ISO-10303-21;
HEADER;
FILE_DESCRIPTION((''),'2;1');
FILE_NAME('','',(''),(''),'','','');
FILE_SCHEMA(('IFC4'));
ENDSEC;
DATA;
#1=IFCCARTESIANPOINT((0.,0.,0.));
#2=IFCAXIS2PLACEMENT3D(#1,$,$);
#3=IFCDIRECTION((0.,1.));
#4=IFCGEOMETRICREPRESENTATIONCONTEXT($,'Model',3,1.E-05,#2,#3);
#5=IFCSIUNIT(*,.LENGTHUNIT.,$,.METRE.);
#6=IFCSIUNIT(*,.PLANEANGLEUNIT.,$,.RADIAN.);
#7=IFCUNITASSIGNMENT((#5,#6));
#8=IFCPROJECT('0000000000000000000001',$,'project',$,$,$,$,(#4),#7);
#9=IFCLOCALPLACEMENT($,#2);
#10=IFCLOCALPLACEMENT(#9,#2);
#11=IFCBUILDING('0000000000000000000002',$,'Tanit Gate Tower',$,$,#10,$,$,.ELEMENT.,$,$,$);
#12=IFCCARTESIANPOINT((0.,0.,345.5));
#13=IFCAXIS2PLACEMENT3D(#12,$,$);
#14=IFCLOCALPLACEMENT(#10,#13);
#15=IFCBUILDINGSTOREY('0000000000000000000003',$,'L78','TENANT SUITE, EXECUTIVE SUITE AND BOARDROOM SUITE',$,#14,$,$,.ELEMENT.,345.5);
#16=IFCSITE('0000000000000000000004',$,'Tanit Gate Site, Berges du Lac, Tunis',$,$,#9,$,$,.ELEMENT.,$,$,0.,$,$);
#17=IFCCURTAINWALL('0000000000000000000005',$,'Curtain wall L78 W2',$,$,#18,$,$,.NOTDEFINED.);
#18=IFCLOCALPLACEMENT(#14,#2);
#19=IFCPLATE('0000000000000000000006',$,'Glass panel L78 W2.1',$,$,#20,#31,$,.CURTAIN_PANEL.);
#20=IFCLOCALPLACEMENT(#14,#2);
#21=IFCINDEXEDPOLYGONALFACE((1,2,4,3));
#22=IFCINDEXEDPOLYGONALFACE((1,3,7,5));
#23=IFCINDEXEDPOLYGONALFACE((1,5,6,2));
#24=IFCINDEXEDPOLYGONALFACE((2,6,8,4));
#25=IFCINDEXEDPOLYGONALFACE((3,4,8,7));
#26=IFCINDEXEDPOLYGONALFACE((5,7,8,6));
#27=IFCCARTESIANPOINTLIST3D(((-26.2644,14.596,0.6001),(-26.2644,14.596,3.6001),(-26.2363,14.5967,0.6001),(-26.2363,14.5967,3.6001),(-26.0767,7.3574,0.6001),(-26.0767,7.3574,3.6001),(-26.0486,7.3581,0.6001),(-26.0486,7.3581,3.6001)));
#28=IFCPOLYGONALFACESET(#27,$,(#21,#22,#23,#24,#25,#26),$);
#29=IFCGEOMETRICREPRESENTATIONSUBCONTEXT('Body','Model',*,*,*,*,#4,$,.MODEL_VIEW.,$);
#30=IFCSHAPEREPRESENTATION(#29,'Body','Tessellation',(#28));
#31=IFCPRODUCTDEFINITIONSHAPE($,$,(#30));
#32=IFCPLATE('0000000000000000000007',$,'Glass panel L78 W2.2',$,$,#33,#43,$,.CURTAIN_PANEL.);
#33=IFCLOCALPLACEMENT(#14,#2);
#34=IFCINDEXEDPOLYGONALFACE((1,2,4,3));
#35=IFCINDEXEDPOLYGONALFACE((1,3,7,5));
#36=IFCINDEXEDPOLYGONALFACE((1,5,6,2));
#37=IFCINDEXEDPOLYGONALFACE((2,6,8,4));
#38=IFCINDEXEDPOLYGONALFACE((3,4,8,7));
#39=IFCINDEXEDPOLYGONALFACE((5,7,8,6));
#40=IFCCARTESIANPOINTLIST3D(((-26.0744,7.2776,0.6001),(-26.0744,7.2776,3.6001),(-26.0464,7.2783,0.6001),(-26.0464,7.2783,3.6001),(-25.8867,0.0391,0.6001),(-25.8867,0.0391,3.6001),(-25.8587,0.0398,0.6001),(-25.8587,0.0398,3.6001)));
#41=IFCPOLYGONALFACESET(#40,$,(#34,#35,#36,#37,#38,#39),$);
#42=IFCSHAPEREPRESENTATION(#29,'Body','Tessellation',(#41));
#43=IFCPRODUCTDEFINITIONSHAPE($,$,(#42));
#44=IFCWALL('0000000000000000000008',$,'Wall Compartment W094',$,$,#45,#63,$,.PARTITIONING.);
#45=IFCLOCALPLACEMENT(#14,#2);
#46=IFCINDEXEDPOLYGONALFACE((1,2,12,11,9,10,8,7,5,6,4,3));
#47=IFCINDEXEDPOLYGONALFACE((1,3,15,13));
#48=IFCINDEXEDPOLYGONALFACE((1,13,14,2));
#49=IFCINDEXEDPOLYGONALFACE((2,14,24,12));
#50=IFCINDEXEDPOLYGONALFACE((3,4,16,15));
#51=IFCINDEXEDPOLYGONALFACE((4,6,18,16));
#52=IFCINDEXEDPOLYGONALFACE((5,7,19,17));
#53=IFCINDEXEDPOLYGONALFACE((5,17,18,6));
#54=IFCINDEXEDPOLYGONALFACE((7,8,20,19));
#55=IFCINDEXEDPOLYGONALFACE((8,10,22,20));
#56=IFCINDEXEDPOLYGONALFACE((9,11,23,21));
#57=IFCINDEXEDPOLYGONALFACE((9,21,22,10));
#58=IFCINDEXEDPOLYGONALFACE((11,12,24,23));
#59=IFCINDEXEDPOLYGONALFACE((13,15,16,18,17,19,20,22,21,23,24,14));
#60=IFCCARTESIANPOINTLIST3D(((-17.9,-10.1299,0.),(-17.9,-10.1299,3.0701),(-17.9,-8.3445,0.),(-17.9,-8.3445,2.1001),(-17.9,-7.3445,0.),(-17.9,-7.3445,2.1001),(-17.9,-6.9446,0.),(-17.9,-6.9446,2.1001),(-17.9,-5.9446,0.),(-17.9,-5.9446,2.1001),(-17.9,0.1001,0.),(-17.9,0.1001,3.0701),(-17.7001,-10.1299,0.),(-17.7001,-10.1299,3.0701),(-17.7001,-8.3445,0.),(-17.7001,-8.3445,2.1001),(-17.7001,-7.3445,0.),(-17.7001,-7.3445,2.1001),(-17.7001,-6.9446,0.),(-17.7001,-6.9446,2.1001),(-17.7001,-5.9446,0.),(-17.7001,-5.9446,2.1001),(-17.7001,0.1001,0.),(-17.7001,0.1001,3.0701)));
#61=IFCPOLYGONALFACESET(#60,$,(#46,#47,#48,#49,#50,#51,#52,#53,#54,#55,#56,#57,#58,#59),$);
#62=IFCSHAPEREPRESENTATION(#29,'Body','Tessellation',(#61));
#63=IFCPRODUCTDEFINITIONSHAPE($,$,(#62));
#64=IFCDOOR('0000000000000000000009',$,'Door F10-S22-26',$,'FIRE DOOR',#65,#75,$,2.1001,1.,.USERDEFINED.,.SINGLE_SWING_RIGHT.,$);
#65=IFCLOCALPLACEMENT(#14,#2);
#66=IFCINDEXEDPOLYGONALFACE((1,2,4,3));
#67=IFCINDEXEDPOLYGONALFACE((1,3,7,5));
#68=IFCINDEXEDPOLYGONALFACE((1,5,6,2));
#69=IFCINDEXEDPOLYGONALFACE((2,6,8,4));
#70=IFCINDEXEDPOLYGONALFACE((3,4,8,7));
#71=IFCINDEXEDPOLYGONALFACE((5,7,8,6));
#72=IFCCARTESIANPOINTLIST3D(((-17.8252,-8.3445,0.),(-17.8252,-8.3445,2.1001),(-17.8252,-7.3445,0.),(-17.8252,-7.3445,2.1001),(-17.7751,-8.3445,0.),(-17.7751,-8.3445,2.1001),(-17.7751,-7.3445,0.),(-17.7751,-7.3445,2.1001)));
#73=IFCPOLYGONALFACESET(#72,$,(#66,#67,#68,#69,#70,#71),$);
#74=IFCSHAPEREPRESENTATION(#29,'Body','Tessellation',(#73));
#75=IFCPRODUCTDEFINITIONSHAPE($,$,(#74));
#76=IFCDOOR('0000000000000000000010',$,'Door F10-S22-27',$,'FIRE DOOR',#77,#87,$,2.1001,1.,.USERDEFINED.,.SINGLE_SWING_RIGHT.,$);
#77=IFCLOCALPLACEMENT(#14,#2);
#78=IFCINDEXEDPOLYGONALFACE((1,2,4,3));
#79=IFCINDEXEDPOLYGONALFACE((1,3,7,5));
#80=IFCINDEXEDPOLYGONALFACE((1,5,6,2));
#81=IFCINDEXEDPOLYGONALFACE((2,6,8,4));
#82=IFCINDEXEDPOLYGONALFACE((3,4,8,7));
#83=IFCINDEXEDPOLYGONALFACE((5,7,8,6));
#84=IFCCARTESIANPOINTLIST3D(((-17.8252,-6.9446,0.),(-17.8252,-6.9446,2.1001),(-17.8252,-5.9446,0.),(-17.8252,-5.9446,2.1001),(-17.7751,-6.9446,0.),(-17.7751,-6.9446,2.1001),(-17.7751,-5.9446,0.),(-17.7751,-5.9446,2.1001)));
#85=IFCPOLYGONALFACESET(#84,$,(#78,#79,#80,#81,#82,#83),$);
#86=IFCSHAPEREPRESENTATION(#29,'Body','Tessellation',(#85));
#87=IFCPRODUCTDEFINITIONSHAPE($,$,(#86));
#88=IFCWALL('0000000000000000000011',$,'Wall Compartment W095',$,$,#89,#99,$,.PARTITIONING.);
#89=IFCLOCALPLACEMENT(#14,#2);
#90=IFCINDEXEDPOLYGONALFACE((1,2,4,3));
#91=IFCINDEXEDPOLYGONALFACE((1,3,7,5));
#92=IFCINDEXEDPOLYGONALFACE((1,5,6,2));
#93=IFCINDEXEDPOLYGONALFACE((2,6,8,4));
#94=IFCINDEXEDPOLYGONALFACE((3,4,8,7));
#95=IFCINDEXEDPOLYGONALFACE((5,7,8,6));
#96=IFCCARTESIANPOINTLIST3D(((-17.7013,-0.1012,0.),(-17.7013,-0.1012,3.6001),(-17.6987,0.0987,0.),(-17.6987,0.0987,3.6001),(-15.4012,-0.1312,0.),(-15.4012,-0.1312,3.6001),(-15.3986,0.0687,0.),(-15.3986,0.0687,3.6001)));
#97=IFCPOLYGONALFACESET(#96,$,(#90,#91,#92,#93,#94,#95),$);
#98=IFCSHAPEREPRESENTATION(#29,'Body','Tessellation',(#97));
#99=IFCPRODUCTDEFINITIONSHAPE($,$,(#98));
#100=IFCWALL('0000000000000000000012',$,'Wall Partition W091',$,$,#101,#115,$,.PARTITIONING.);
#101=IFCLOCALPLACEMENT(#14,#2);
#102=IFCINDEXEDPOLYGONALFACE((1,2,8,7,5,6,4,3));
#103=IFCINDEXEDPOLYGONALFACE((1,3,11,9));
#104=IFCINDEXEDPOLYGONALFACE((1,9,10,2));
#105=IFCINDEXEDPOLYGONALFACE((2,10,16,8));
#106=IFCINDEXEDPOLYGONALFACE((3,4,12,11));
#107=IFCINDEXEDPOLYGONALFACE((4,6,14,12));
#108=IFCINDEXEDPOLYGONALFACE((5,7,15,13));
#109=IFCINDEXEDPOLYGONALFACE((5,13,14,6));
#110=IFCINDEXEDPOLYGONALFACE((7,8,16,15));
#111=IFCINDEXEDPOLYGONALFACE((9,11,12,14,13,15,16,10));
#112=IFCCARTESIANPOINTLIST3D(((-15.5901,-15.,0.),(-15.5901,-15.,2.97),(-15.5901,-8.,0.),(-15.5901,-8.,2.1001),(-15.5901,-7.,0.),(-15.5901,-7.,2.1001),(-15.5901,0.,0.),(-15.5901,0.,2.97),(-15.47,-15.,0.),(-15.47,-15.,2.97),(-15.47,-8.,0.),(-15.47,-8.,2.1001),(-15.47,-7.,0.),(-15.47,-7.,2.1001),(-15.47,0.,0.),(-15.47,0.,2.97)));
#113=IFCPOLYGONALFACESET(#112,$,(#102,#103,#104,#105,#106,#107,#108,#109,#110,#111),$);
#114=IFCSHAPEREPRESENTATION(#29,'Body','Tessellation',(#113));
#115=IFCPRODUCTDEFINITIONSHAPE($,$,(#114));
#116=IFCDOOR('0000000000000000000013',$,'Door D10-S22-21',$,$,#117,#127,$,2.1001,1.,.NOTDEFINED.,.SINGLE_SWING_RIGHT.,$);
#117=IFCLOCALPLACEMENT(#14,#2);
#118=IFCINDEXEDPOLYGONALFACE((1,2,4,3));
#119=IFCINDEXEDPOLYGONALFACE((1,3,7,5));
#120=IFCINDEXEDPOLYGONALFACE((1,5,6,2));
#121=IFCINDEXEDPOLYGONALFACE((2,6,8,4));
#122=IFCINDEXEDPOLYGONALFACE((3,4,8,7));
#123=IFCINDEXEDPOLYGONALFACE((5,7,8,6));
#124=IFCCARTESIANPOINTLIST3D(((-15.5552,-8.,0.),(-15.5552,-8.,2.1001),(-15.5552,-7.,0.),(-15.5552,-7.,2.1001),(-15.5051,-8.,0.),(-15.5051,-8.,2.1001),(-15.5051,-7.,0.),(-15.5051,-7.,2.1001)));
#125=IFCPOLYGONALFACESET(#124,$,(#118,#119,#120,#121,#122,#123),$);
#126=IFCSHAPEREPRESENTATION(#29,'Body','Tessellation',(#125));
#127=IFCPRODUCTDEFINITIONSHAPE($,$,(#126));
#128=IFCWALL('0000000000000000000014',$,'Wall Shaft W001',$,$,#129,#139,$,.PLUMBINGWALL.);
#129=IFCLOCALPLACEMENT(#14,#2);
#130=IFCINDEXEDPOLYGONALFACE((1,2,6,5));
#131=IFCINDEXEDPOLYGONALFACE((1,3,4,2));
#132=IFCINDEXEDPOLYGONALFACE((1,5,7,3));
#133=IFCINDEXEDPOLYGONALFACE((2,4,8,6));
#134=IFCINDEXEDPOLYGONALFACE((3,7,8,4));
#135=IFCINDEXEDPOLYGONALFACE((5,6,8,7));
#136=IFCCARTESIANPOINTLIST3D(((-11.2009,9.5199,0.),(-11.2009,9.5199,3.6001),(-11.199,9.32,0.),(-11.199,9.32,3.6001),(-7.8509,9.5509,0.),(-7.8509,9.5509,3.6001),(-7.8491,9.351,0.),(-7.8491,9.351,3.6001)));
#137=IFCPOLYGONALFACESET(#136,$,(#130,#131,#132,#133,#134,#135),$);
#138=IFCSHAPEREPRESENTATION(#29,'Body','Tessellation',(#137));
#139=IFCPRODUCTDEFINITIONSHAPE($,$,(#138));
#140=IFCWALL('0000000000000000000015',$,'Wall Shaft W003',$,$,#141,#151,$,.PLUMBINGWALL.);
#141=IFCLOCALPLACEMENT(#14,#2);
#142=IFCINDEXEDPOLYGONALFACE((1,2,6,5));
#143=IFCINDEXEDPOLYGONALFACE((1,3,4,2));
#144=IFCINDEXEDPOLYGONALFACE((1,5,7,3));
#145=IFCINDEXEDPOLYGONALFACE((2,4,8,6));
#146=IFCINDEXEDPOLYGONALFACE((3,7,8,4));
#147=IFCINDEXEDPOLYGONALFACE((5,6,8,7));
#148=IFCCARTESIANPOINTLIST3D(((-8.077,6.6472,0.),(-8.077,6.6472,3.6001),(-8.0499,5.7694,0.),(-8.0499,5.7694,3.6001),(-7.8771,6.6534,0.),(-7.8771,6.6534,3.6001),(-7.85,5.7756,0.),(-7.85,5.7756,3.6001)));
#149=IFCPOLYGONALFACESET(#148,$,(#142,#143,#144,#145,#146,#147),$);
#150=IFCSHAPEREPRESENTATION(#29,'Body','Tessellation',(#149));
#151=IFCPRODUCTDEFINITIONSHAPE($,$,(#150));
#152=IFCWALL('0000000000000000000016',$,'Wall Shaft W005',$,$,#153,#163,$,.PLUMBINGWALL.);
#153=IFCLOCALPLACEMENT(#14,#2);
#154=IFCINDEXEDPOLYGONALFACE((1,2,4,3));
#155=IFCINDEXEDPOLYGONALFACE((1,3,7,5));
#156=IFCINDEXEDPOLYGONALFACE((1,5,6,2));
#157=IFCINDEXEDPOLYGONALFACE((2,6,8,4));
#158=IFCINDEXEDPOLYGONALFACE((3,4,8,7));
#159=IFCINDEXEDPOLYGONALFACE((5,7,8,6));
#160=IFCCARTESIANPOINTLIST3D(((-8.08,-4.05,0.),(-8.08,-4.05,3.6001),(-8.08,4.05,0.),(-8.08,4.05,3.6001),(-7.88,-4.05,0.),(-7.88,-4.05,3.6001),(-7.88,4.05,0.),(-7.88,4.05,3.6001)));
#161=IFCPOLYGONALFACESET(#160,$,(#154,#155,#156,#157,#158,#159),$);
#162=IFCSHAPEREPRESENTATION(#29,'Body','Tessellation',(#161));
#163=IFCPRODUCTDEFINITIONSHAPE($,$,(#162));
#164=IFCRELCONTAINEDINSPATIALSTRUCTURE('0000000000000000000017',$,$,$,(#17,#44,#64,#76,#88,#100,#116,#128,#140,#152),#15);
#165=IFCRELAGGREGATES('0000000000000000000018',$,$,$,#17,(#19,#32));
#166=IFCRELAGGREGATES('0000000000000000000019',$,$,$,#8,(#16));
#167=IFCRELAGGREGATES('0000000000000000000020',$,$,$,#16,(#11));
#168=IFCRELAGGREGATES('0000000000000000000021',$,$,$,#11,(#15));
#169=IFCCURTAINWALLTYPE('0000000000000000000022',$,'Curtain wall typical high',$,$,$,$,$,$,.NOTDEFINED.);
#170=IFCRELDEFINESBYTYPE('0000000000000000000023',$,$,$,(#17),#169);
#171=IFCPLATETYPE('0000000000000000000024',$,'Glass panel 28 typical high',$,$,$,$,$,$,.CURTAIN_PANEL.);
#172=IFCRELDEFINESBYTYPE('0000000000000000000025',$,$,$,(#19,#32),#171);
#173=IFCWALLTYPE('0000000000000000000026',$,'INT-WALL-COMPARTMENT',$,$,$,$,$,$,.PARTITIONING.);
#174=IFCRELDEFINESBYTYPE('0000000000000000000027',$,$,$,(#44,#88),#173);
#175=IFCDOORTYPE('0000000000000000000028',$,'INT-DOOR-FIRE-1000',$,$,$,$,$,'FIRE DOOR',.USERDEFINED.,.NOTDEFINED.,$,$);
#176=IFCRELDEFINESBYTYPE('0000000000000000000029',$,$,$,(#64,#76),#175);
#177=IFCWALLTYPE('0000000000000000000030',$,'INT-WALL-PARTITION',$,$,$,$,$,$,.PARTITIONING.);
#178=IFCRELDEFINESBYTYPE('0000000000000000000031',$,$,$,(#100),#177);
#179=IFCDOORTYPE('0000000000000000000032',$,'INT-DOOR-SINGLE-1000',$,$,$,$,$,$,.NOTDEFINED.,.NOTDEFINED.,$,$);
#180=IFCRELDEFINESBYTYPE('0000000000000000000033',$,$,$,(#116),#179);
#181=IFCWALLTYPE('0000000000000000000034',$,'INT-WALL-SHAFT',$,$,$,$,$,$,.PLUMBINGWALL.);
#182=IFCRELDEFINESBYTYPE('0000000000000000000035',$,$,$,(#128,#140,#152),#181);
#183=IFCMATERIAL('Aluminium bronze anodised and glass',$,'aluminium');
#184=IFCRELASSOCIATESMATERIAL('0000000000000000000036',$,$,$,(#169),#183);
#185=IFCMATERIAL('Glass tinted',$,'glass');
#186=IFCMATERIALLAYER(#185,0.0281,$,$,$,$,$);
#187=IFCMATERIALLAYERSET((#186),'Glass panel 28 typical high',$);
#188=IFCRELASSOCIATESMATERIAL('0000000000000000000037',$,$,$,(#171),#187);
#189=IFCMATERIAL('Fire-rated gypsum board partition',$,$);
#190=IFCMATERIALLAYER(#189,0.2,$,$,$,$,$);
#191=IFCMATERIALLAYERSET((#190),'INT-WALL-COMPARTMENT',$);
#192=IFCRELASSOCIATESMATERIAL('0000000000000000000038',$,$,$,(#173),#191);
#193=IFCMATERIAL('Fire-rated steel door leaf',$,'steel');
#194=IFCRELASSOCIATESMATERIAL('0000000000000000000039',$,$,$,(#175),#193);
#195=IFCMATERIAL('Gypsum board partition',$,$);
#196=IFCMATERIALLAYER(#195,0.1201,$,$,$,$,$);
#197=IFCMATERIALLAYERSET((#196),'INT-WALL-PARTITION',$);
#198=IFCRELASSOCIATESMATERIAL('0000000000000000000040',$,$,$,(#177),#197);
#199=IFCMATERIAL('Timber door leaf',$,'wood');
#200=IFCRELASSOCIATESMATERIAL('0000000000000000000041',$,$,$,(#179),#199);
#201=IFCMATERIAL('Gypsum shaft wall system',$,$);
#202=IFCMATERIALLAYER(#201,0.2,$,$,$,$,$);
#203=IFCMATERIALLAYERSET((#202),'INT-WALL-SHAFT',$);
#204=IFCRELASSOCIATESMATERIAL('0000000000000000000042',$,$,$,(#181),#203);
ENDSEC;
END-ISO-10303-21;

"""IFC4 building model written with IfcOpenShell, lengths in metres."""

from ifc_helpers import new_model, si_unit, direction, frame, frame_2d, origin, origin_2d, place, context, subcontext, project, spatial, rectangle, extrude, material, layer, layer_set, type_object, element, fill, aggregate, save


model = new_model("IFC4")

# Units and contexts
model_context = context("Model", 3, precision=1e-05, world=origin(), true_north=direction((0.0, 1.0)))
body_context = subcontext(model_context, "Body", "Model", "MODEL_VIEW")
ifc_project = project(units=[si_unit("LENGTHUNIT", "METRE"), si_unit("PLANEANGLEUNIT", "RADIAN")], contexts=[model_context])

# Site, building, storey
site_placement = place(None, origin())
site = spatial("IfcSite", under=ifc_project, at=site_placement, Name="Tanit Gate Site, Berges du Lac, Tunis", CompositionType="ELEMENT", RefElevation=0.0)
building_placement = place(site_placement, origin())
building = spatial("IfcBuilding", under=site, at=building_placement, Name="Tanit Gate Tower", CompositionType="ELEMENT")
storey_placement = place(building_placement, frame((0.0, 0.0, 345.5)))
storey = spatial("IfcBuildingStorey", under=building, at=storey_placement, Name="L78", Description="TENANT SUITE, EXECUTIVE SUITE AND BOARDROOM SUITE", CompositionType="ELEMENT", Elevation=345.5)

# Curtain wall
ifc_material_1 = material(Name="Aluminium bronze anodised and glass", Category="aluminium")
curtain_wall_type = type_object("IfcCurtainWallType", Name="Curtain wall typical high", PredefinedType="NOTDEFINED", material=ifc_material_1)
curtain_wall_placement = place(storey_placement, origin())
curtain_wall = element("IfcCurtainWall", 1, at=curtain_wall_placement, inside=storey, type_object=curtain_wall_type, Name="Curtain wall L78 W2", PredefinedType="NOTDEFINED")

# Plates
ifc_material_2 = material(Name="Glass tinted", Category="glass")
ifc_layer_1 = layer(ifc_material_2, 0.0281)
ifc_layer_set_1 = layer_set([ifc_layer_1], Name="Glass panel 28 typical high")
plate_type = type_object("IfcPlateType", Name="Glass panel 28 typical high", PredefinedType="CURTAIN_PANEL", material=ifc_layer_set_1)
plate_1_placement = place(storey_placement, frame((-26.1565, 10.9771, 0.6001), z_axis=(0.0, 0.0, 1.0), x_axis=(0.025924, -0.999664, 0.0)))
plate_1 = element("IfcPlate", 2, at=plate_1_placement, type_object=plate_type, Name="Glass panel L78 W2.1", PredefinedType="CURTAIN_PANEL", context=body_context, shape_type="SweptSolid", body=[
    extrude(rectangle(XDim=7.241, YDim=0.0281, at=origin_2d()), origin(), (0.0, 0.0, 1.0), 3.0),
])
plate_2_placement = place(storey_placement, frame((-25.9666, 3.6587, 0.6001), z_axis=(0.0, 0.0, 1.0), x_axis=(0.025924, -0.999664, 0.0)))
plate_2 = element("IfcPlate", 3, at=plate_2_placement, type_object=plate_type, Name="Glass panel L78 W2.2", PredefinedType="CURTAIN_PANEL", context=body_context, shape_type="SweptSolid", body=[
    extrude(rectangle(XDim=7.241, YDim=0.0281, at=origin_2d()), origin(), (0.0, 0.0, 1.0), 3.0),
])
aggregate(curtain_wall, [plate_1, plate_2])

# Wall, openings, doors
ifc_material_3 = material(Name="Fire-rated gypsum board partition")
ifc_layer_2 = layer(ifc_material_3, 0.2)
ifc_layer_set_2 = layer_set([ifc_layer_2], Name="INT-WALL-COMPARTMENT")
wall_type_1 = type_object("IfcWallType", Name="INT-WALL-COMPARTMENT", PredefinedType="PARTITIONING", material=ifc_layer_set_2)
wall_1_placement = place(storey_placement, frame((-17.8, 0.1001, 0.0), z_axis=(0.0, 0.0, 1.0), x_axis=(0.0, -1.0, 0.0)))
wall_1 = element("IfcWall", 4, at=wall_1_placement, inside=storey, type_object=wall_type_1, Name="Wall Compartment W094", PredefinedType="PARTITIONING", context=body_context, shape_type="SweptSolid", body=[
    extrude(rectangle(XDim=10.23, YDim=0.2, at=frame_2d((5.115, 0.0))), origin(), (0.0, 0.0, 1.0), 3.0701),
])
opening_1_placement = place(wall_1_placement, frame((7.4446, 0.0, 0.0)))
opening_1 = element("IfcOpeningElement", 5, at=opening_1_placement, cuts=wall_1, PredefinedType="OPENING", context=body_context, shape_type="SweptSolid", body=[
    extrude(rectangle(XDim=1.0, YDim=2.1001, at=frame_2d((0.5, 1.05))), frame((0.0, 0.1099, 0.0), z_axis=(0.0, -1.0, 0.0), x_axis=(1.0, 0.0, 0.0)), (0.0, 0.0, 1.0), 0.22),
])
opening_2_placement = place(wall_1_placement, frame((6.0447, 0.0, 0.0)))
opening_2 = element("IfcOpeningElement", 6, at=opening_2_placement, cuts=wall_1, PredefinedType="OPENING", context=body_context, shape_type="SweptSolid", body=[
    extrude(rectangle(XDim=1.0, YDim=2.1001, at=frame_2d((0.5, 1.05))), frame((0.0, 0.1099, 0.0), z_axis=(0.0, -1.0, 0.0), x_axis=(1.0, 0.0, 0.0)), (0.0, 0.0, 1.0), 0.22),
])
ifc_material_4 = material(Name="Fire-rated steel door leaf", Category="steel")
door_type_1 = type_object("IfcDoorType", Name="INT-DOOR-FIRE-1000", ElementType="FIRE DOOR", OperationType="NOTDEFINED", PredefinedType="USERDEFINED", material=ifc_material_4)
door_1_placement = place(opening_1_placement, origin())
door_1 = element("IfcDoor", 7, at=door_1_placement, inside=storey, type_object=door_type_1, Name="Door F10-S22-26", ObjectType="FIRE DOOR", OperationType="SINGLE_SWING_RIGHT", OverallHeight=2.1001, OverallWidth=1.0, PredefinedType="USERDEFINED", context=body_context, shape_type="SweptSolid", body=[
    extrude(rectangle(XDim=1.0, YDim=2.1001, at=frame_2d((0.5, 1.05))), frame((0.0, 0.0249, 0.0), z_axis=(0.0, -1.0, 0.0), x_axis=(1.0, 0.0, 0.0)), (0.0, 0.0, 1.0), 0.05),
])
fill(opening_1, door_1)
door_2_placement = place(opening_2_placement, origin())
door_2 = element("IfcDoor", 8, at=door_2_placement, inside=storey, type_object=door_type_1, Name="Door F10-S22-27", ObjectType="FIRE DOOR", OperationType="SINGLE_SWING_RIGHT", OverallHeight=2.1001, OverallWidth=1.0, PredefinedType="USERDEFINED", context=body_context, shape_type="SweptSolid", body=[
    extrude(rectangle(XDim=1.0, YDim=2.1001, at=frame_2d((0.5, 1.05))), frame((0.0, 0.0249, 0.0), z_axis=(0.0, -1.0, 0.0), x_axis=(1.0, 0.0, 0.0)), (0.0, 0.0, 1.0), 0.05),
])
fill(opening_2, door_2)

# Wall
wall_2_placement = place(storey_placement, frame((-15.3999, -0.0312, 0.0), z_axis=(0.0, 0.0, 1.0), x_axis=(-0.999915, 0.013055, 0.0)))
element("IfcWall", 9, at=wall_2_placement, inside=storey, type_object=wall_type_1, Name="Wall Compartment W095", PredefinedType="PARTITIONING", context=body_context, shape_type="SweptSolid", body=[
    extrude(rectangle(XDim=2.3003, YDim=0.2, at=frame_2d((1.1501, 0.0))), origin(), (0.0, 0.0, 1.0), 3.6001),
])

# Wall, opening, door
ifc_material_5 = material(Name="Gypsum board partition")
ifc_layer_3 = layer(ifc_material_5, 0.1201)
ifc_layer_set_3 = layer_set([ifc_layer_3], Name="INT-WALL-PARTITION")
wall_type_2 = type_object("IfcWallType", Name="INT-WALL-PARTITION", PredefinedType="PARTITIONING", material=ifc_layer_set_3)
wall_3_placement = place(storey_placement, frame((-15.53, 0.0, 0.0), z_axis=(0.0, 0.0, 1.0), x_axis=(0.0, -1.0, 0.0)))
wall_3 = element("IfcWall", 10, at=wall_3_placement, inside=storey, type_object=wall_type_2, Name="Wall Partition W091", PredefinedType="PARTITIONING", context=body_context, shape_type="SweptSolid", body=[
    extrude(rectangle(XDim=15.0, YDim=0.1201, at=frame_2d((7.5, 0.0))), origin(), (0.0, 0.0, 1.0), 2.97),
])
opening_3_placement = place(wall_3_placement, frame((7.0, 0.0, 0.0)))
opening_3 = element("IfcOpeningElement", 11, at=opening_3_placement, cuts=wall_3, PredefinedType="OPENING", context=body_context, shape_type="SweptSolid", body=[
    extrude(rectangle(XDim=1.0, YDim=2.1001, at=frame_2d((0.5, 1.05))), frame((0.0, 0.0701, 0.0), z_axis=(0.0, -1.0, 0.0), x_axis=(1.0, 0.0, 0.0)), (0.0, 0.0, 1.0), 0.1401),
])
ifc_material_6 = material(Name="Timber door leaf", Category="wood")
door_type_2 = type_object("IfcDoorType", Name="INT-DOOR-SINGLE-1000", OperationType="NOTDEFINED", PredefinedType="NOTDEFINED", material=ifc_material_6)
door_3_placement = place(opening_3_placement, origin())
door_3 = element("IfcDoor", 12, at=door_3_placement, inside=storey, type_object=door_type_2, Name="Door D10-S22-21", OperationType="SINGLE_SWING_RIGHT", OverallHeight=2.1001, OverallWidth=1.0, PredefinedType="NOTDEFINED", context=body_context, shape_type="SweptSolid", body=[
    extrude(rectangle(XDim=1.0, YDim=2.1001, at=frame_2d((0.5, 1.05))), frame((0.0, 0.0249, 0.0), z_axis=(0.0, -1.0, 0.0), x_axis=(1.0, 0.0, 0.0)), (0.0, 0.0, 1.0), 0.05),
])
fill(opening_3, door_3)

# Walls
ifc_material_7 = material(Name="Gypsum shaft wall system")
ifc_layer_4 = layer(ifc_material_7, 0.2)
ifc_layer_set_4 = layer_set([ifc_layer_4], Name="INT-WALL-SHAFT")
wall_type_3 = type_object("IfcWallType", Name="INT-WALL-SHAFT", PredefinedType="PLUMBINGWALL", material=ifc_layer_set_4)
wall_4_placement = place(storey_placement, frame((-11.2, 9.4199, 0.0), z_axis=(0.0, 0.0, 1.0), x_axis=(0.999957, 0.009255, 0.0)))
element("IfcWall", 13, at=wall_4_placement, inside=storey, type_object=wall_type_3, Name="Wall Shaft W001", PredefinedType="PLUMBINGWALL", context=body_context, shape_type="SweptSolid", body=[
    extrude(rectangle(XDim=3.3501, YDim=0.2, at=frame_2d((1.675, 0.0))), origin(), (0.0, 0.0, 1.0), 3.6001),
])
wall_5_placement = place(storey_placement, frame((-7.9771, 6.6501, 0.0), z_axis=(0.0, 0.0, 1.0), x_axis=(0.030862, -0.999524, 0.0)))
element("IfcWall", 14, at=wall_5_placement, inside=storey, type_object=wall_type_3, Name="Wall Shaft W003", PredefinedType="PLUMBINGWALL", context=body_context, shape_type="SweptSolid", body=[
    extrude(rectangle(XDim=0.8782, YDim=0.2, at=frame_2d((0.439, 0.0))), origin(), (0.0, 0.0, 1.0), 3.6001),
])
wall_6_placement = place(storey_placement, frame((-7.98, 4.05, 0.0), z_axis=(0.0, 0.0, 1.0), x_axis=(0.0, -1.0, 0.0)))
element("IfcWall", 15, at=wall_6_placement, inside=storey, type_object=wall_type_3, Name="Wall Shaft W005", PredefinedType="PLUMBINGWALL", context=body_context, shape_type="SweptSolid", body=[
    extrude(rectangle(XDim=8.1001, YDim=0.2, at=frame_2d((4.05, 0.0))), origin(), (0.0, 0.0, 1.0), 3.6001),
])

save(model, "model.ifc")
